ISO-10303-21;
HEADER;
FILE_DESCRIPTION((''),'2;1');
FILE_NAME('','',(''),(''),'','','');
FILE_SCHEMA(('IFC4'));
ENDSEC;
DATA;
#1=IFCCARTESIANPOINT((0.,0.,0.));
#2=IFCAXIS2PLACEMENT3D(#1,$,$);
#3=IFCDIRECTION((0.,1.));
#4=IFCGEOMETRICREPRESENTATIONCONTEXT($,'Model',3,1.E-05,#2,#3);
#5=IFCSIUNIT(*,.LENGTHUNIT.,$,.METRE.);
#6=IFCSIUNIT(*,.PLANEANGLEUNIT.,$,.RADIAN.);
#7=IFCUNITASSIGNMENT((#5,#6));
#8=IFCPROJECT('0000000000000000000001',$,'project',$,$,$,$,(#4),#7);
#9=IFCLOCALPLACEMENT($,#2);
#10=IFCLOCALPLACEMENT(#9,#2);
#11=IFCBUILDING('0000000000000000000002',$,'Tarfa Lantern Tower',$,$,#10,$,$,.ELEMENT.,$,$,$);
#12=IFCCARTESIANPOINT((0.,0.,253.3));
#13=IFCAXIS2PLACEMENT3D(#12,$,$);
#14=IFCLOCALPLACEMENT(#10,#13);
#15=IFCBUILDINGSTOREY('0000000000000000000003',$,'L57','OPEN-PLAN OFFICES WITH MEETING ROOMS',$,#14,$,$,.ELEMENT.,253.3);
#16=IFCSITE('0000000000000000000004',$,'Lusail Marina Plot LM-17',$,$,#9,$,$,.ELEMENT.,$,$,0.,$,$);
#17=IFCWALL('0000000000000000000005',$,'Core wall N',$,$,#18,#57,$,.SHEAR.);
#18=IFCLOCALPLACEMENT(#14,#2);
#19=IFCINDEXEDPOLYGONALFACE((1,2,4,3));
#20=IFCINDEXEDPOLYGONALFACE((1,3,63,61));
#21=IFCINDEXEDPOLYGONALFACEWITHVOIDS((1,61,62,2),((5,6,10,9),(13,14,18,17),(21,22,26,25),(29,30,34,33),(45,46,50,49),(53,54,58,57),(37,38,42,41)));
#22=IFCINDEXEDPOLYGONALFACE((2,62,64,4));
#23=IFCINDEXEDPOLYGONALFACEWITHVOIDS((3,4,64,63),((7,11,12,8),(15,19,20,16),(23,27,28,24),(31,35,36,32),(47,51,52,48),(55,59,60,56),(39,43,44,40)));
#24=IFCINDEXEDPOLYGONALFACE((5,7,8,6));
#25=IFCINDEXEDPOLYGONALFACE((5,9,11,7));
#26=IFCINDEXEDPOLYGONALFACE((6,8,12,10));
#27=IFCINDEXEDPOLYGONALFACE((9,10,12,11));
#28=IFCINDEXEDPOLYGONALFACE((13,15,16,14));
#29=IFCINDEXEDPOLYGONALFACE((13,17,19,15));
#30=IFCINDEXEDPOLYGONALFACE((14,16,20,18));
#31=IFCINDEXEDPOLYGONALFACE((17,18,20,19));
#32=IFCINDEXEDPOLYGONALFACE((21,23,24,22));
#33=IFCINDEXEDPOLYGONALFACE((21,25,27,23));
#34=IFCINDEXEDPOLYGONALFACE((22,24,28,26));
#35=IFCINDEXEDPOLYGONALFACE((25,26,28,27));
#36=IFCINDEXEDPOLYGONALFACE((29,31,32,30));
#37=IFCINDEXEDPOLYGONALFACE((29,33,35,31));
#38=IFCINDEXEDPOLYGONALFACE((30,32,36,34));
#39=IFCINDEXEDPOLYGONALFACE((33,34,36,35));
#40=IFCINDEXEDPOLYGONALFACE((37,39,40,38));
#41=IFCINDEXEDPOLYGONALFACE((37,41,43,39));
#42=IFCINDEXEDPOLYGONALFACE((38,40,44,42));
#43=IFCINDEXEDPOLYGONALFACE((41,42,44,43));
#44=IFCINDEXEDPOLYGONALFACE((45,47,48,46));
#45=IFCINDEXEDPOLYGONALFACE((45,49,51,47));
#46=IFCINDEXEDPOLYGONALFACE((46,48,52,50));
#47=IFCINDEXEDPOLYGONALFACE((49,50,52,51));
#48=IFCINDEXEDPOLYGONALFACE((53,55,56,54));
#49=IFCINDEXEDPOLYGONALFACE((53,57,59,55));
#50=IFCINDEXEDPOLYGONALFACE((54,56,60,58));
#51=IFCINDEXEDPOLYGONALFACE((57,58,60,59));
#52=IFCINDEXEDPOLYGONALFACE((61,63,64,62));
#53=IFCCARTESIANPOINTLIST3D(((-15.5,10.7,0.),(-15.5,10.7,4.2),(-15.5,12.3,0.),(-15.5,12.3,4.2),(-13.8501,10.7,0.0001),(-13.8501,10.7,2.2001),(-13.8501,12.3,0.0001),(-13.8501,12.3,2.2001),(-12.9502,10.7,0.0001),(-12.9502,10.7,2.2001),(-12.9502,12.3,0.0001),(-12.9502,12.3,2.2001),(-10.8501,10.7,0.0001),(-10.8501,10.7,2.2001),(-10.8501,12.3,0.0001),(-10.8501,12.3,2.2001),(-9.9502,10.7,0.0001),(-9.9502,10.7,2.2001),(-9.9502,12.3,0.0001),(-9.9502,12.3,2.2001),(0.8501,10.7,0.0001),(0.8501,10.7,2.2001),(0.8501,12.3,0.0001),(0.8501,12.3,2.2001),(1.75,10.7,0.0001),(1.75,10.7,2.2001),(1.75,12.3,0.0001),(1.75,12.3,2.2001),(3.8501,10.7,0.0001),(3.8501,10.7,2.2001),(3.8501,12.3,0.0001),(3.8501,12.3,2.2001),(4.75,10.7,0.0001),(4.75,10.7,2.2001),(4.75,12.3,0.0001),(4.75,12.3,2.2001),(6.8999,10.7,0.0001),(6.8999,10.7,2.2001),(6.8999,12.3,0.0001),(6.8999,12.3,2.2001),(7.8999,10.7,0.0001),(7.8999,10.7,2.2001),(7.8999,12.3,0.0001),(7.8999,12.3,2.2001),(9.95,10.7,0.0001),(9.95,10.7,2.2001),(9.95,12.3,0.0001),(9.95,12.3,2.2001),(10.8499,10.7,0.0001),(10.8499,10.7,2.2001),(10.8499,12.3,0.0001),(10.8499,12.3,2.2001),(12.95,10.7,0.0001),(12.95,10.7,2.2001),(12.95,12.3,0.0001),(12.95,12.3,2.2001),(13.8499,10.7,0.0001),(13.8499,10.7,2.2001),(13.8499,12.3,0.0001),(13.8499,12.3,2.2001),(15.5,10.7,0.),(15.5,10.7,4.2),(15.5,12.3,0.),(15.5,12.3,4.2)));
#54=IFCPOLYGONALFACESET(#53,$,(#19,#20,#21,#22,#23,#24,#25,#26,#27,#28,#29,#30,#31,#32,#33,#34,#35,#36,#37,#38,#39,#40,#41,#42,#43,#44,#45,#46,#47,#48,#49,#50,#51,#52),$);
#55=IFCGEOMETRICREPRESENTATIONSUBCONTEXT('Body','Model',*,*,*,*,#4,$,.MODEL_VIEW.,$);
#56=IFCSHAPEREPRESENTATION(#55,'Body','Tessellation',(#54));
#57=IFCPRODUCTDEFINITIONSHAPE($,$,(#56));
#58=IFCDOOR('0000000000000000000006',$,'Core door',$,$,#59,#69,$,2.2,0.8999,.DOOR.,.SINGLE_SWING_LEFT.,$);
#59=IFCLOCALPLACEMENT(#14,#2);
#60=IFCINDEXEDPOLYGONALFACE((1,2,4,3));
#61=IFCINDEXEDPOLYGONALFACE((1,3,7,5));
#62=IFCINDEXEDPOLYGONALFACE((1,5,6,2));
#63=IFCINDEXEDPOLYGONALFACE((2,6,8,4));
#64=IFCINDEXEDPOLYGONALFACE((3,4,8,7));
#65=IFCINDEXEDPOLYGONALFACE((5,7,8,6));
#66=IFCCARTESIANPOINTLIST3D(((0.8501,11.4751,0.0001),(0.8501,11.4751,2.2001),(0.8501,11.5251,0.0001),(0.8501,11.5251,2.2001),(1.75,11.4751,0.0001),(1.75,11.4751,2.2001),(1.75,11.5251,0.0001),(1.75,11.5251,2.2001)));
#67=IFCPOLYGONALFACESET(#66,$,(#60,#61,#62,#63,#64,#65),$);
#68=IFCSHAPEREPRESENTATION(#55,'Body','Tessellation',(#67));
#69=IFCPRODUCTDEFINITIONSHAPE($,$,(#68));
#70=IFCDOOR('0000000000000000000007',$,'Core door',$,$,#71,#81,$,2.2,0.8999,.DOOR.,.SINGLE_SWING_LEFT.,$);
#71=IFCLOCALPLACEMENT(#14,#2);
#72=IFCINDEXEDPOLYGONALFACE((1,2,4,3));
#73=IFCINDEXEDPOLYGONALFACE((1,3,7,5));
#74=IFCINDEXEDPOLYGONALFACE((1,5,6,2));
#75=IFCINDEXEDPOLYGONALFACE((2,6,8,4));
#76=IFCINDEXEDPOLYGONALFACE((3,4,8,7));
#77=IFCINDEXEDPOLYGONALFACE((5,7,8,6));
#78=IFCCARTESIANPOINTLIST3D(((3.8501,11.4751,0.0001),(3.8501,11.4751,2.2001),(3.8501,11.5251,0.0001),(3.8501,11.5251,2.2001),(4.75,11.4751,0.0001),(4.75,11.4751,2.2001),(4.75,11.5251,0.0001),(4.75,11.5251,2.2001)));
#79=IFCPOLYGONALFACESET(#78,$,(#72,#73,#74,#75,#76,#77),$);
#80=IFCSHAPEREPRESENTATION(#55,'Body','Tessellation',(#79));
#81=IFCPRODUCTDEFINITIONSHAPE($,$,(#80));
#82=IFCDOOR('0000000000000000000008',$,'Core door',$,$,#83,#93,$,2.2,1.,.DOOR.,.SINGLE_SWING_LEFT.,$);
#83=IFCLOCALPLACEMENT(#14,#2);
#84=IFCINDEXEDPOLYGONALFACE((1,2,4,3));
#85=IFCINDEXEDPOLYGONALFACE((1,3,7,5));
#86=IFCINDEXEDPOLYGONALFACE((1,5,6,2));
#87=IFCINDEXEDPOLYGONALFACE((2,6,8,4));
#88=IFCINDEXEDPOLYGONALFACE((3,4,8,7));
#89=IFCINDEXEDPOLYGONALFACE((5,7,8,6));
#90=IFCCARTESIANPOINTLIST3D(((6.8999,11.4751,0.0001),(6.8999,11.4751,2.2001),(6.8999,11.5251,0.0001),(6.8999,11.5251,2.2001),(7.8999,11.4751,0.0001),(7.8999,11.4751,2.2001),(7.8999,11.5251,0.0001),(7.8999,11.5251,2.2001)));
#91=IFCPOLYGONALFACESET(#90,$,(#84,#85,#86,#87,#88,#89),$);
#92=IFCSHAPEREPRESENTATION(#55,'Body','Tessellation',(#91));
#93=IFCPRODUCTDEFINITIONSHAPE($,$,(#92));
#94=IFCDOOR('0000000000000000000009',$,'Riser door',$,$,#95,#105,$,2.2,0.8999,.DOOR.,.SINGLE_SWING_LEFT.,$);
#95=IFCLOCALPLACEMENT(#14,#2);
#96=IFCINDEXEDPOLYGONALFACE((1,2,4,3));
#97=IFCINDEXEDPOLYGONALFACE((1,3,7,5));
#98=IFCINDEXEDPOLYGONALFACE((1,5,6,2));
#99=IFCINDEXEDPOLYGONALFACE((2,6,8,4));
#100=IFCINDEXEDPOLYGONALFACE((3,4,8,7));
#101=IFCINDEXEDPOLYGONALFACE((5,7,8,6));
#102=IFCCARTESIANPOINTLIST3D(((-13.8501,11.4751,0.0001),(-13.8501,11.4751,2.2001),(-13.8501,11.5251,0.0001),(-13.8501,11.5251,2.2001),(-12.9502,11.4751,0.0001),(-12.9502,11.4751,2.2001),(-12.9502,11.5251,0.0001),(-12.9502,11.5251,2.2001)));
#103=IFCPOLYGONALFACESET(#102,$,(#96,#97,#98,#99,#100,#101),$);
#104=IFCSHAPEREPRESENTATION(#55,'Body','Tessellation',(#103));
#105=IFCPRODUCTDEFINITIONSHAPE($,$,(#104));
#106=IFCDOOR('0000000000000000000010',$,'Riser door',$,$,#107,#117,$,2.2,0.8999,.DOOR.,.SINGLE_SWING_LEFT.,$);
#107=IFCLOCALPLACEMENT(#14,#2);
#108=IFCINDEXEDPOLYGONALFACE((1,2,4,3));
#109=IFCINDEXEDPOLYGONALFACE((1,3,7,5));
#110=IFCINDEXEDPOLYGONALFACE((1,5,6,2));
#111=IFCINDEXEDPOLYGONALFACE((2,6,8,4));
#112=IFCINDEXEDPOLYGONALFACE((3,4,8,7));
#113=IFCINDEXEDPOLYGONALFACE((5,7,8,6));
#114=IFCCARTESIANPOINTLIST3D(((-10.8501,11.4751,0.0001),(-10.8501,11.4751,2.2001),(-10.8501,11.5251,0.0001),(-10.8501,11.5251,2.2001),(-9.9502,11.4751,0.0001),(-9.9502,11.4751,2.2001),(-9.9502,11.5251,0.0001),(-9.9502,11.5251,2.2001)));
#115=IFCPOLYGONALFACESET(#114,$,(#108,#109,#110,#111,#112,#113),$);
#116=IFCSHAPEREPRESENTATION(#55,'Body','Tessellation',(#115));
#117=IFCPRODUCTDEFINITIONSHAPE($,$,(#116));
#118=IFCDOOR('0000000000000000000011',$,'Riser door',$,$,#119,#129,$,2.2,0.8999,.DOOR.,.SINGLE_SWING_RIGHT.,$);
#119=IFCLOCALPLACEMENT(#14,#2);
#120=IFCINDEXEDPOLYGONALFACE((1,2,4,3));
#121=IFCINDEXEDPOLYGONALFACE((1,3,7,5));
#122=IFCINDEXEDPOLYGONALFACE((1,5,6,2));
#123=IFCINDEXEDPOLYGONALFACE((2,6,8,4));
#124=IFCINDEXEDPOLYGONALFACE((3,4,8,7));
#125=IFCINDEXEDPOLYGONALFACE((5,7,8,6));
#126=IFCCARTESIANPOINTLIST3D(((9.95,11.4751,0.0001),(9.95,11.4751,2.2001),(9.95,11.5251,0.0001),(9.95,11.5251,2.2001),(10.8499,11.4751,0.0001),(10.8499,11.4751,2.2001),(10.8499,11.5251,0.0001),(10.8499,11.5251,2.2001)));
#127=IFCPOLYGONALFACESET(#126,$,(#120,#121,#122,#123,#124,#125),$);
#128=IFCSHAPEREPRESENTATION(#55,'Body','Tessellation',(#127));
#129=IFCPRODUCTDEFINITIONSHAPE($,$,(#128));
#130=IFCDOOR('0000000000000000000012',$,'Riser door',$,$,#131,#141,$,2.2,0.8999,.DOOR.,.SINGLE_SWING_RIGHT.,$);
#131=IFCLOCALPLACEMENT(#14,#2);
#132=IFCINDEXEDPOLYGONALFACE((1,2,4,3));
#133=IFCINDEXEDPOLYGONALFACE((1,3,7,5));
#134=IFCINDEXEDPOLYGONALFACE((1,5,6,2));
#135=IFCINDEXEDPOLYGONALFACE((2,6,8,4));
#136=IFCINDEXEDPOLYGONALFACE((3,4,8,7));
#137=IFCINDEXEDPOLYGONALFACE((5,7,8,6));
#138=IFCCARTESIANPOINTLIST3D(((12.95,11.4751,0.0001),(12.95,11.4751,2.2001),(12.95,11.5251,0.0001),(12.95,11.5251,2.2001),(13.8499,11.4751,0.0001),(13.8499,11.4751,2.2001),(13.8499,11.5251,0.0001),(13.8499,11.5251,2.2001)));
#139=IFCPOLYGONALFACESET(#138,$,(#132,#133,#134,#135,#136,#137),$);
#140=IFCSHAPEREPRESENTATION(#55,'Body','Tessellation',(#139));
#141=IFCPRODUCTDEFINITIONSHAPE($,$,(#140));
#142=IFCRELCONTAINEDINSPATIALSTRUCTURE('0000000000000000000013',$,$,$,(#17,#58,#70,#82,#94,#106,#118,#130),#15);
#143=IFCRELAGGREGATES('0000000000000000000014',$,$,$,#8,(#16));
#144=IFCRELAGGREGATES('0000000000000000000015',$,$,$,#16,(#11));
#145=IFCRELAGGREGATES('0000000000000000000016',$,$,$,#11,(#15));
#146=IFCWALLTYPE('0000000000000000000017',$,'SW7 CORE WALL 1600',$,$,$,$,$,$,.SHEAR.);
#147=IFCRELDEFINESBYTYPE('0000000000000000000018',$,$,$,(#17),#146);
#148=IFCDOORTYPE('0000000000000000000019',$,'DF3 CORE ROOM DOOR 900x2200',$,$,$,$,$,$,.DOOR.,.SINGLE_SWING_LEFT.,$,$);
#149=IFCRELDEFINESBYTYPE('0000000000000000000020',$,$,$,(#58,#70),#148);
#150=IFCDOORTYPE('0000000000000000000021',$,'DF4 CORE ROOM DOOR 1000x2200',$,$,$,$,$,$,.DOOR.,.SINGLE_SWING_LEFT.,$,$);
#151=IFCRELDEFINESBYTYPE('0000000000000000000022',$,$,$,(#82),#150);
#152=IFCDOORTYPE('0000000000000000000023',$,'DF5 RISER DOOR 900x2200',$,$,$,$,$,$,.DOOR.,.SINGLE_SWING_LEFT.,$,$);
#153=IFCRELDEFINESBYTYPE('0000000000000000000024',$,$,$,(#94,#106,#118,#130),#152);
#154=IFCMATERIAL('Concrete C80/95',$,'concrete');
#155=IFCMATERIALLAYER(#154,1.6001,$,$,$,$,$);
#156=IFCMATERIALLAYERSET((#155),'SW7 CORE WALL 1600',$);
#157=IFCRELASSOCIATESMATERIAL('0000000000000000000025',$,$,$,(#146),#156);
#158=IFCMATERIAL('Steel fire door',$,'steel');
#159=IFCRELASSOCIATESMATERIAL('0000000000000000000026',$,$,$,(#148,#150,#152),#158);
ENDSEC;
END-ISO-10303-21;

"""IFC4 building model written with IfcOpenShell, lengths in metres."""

from ifc_helpers import new_model, si_unit, direction, frame, frame_2d, origin, place, context, subcontext, project, spatial, rectangle, extrude, material, layer, layer_set, type_object, element, fill, save


model = new_model("IFC4")

# Units and contexts
model_context = context("Model", 3, precision=1e-05, world=origin(), true_north=direction((0.0, 1.0)))
body_context = subcontext(model_context, "Body", "Model", "MODEL_VIEW")
ifc_project = project(units=[si_unit("LENGTHUNIT", "METRE"), si_unit("PLANEANGLEUNIT", "RADIAN")], contexts=[model_context])

# Site, building, storey
site_placement = place(None, origin())
site = spatial("IfcSite", under=ifc_project, at=site_placement, Name="Lusail Marina Plot LM-17", CompositionType="ELEMENT", RefElevation=0.0)
building_placement = place(site_placement, origin())
building = spatial("IfcBuilding", under=site, at=building_placement, Name="Tarfa Lantern Tower", CompositionType="ELEMENT")
storey_placement = place(building_placement, frame((0.0, 0.0, 253.3)))
storey = spatial("IfcBuildingStorey", under=building, at=storey_placement, Name="L57", Description="OPEN-PLAN OFFICES WITH MEETING ROOMS", CompositionType="ELEMENT", Elevation=253.3)

# Shared definitions
ifc_material_1 = material(Name="Concrete C80/95", Category="concrete")
ifc_material_2 = material(Name="Steel fire door", Category="steel")

# Wall, openings, doors
ifc_layer_1 = layer(ifc_material_1, 1.6001)
ifc_layer_set_1 = layer_set([ifc_layer_1], Name="SW7 CORE WALL 1600")
wall_type_1 = type_object("IfcWallType", Name="SW7 CORE WALL 1600", PredefinedType="SHEAR", material=ifc_layer_set_1)
wall_1_placement = place(storey_placement, frame((-15.5, 11.5, 0.0), z_axis=(0.0, 0.0, 1.0), x_axis=(1.0, 0.0, 0.0)))
wall_1 = element("IfcWall", 1, at=wall_1_placement, inside=storey, type_object=wall_type_1, Name="Core wall N", PredefinedType="SHEAR", context=body_context, shape_type="SweptSolid", body=[
    extrude(rectangle(XDim=31.0, YDim=1.6001, at=frame_2d((15.5, 0.0))), origin(), (0.0, 0.0, 1.0), 4.2),
])
opening_1_placement = place(wall_1_placement, frame((16.3501, 0.0, 0.0)))
opening_1 = element("IfcOpeningElement", 2, at=opening_1_placement, cuts=wall_1, PredefinedType="OPENING", context=body_context, shape_type="SweptSolid", body=[
    extrude(rectangle(XDim=0.8999, YDim=2.2, at=frame_2d((0.45, 1.1001))), frame((0.0, 0.8101, 0.0), z_axis=(0.0, -1.0, 0.0), x_axis=(1.0, 0.0, 0.0)), (0.0, 0.0, 1.0), 1.6201),
])
opening_2_placement = place(wall_1_placement, frame((19.3501, 0.0, 0.0)))
opening_2 = element("IfcOpeningElement", 3, at=opening_2_placement, cuts=wall_1, PredefinedType="OPENING", context=body_context, shape_type="SweptSolid", body=[
    extrude(rectangle(XDim=0.8999, YDim=2.2, at=frame_2d((0.45, 1.1001))), frame((0.0, 0.8101, 0.0), z_axis=(0.0, -1.0, 0.0), x_axis=(1.0, 0.0, 0.0)), (0.0, 0.0, 1.0), 1.6201),
])
opening_3_placement = place(wall_1_placement, frame((22.3999, 0.0, 0.0)))
opening_3 = element("IfcOpeningElement", 4, at=opening_3_placement, cuts=wall_1, PredefinedType="OPENING", context=body_context, shape_type="SweptSolid", body=[
    extrude(rectangle(XDim=1.0, YDim=2.2, at=frame_2d((0.5, 1.1001))), frame((0.0, 0.8101, 0.0), z_axis=(0.0, -1.0, 0.0), x_axis=(1.0, 0.0, 0.0)), (0.0, 0.0, 1.0), 1.6201),
])
opening_4_placement = place(wall_1_placement, frame((1.6499, 0.0, 0.0)))
opening_4 = element("IfcOpeningElement", 5, at=opening_4_placement, cuts=wall_1, PredefinedType="OPENING", context=body_context, shape_type="SweptSolid", body=[
    extrude(rectangle(XDim=0.8999, YDim=2.2, at=frame_2d((0.45, 1.1001))), frame((0.0, 0.8101, 0.0), z_axis=(0.0, -1.0, 0.0), x_axis=(1.0, 0.0, 0.0)), (0.0, 0.0, 1.0), 1.6201),
])
opening_5_placement = place(wall_1_placement, frame((4.6499, 0.0, 0.0)))
opening_5 = element("IfcOpeningElement", 6, at=opening_5_placement, cuts=wall_1, PredefinedType="OPENING", context=body_context, shape_type="SweptSolid", body=[
    extrude(rectangle(XDim=0.8999, YDim=2.2, at=frame_2d((0.45, 1.1001))), frame((0.0, 0.8101, 0.0), z_axis=(0.0, -1.0, 0.0), x_axis=(1.0, 0.0, 0.0)), (0.0, 0.0, 1.0), 1.6201),
])
opening_6_placement = place(wall_1_placement, frame((25.45, 0.0, 0.0)))
opening_6 = element("IfcOpeningElement", 7, at=opening_6_placement, cuts=wall_1, PredefinedType="OPENING", context=body_context, shape_type="SweptSolid", body=[
    extrude(rectangle(XDim=0.8999, YDim=2.2, at=frame_2d((0.45, 1.1001))), frame((0.0, 0.8101, 0.0), z_axis=(0.0, -1.0, 0.0), x_axis=(1.0, 0.0, 0.0)), (0.0, 0.0, 1.0), 1.6201),
])
opening_7_placement = place(wall_1_placement, frame((28.45, 0.0, 0.0)))
opening_7 = element("IfcOpeningElement", 8, at=opening_7_placement, cuts=wall_1, PredefinedType="OPENING", context=body_context, shape_type="SweptSolid", body=[
    extrude(rectangle(XDim=0.8999, YDim=2.2, at=frame_2d((0.45, 1.1001))), frame((0.0, 0.8101, 0.0), z_axis=(0.0, -1.0, 0.0), x_axis=(1.0, 0.0, 0.0)), (0.0, 0.0, 1.0), 1.6201),
])
door_type_1 = type_object("IfcDoorType", Name="DF3 CORE ROOM DOOR 900x2200", OperationType="SINGLE_SWING_LEFT", PredefinedType="DOOR", material=ifc_material_2)
door_1_placement = place(opening_1_placement, frame((0.8999, 0.0, 0.0), z_axis=(0.0, 0.0, 1.0), x_axis=(-1.0, 0.0, 0.0)))
door_1 = element("IfcDoor", 9, at=door_1_placement, inside=storey, type_object=door_type_1, Name="Core door", OperationType="SINGLE_SWING_LEFT", OverallHeight=2.2, OverallWidth=0.8999, PredefinedType="DOOR", context=body_context, shape_type="SweptSolid", body=[
    extrude(rectangle(XDim=0.8999, YDim=2.2, at=frame_2d((0.45, 1.1001))), frame((0.0, 0.0249, 0.0), z_axis=(0.0, -1.0, 0.0), x_axis=(1.0, 0.0, 0.0)), (0.0, 0.0, 1.0), 0.05),
])
fill(opening_1, door_1)
door_2_placement = place(opening_2_placement, frame((0.8999, 0.0, 0.0), z_axis=(0.0, 0.0, 1.0), x_axis=(-1.0, 0.0, 0.0)))
door_2 = element("IfcDoor", 10, at=door_2_placement, inside=storey, type_object=door_type_1, Name="Core door", OperationType="SINGLE_SWING_LEFT", OverallHeight=2.2, OverallWidth=0.8999, PredefinedType="DOOR", context=body_context, shape_type="SweptSolid", body=[
    extrude(rectangle(XDim=0.8999, YDim=2.2, at=frame_2d((0.45, 1.1001))), frame((0.0, 0.0249, 0.0), z_axis=(0.0, -1.0, 0.0), x_axis=(1.0, 0.0, 0.0)), (0.0, 0.0, 1.0), 0.05),
])
fill(opening_2, door_2)
door_type_2 = type_object("IfcDoorType", Name="DF4 CORE ROOM DOOR 1000x2200", OperationType="SINGLE_SWING_LEFT", PredefinedType="DOOR", material=ifc_material_2)
door_3_placement = place(opening_3_placement, frame((1.0, 0.0, 0.0), z_axis=(0.0, 0.0, 1.0), x_axis=(-1.0, 0.0, 0.0)))
door_3 = element("IfcDoor", 11, at=door_3_placement, inside=storey, type_object=door_type_2, Name="Core door", OperationType="SINGLE_SWING_LEFT", OverallHeight=2.2, OverallWidth=1.0, PredefinedType="DOOR", context=body_context, shape_type="SweptSolid", body=[
    extrude(rectangle(XDim=1.0, YDim=2.2, at=frame_2d((0.5, 1.1001))), frame((0.0, 0.0249, 0.0), z_axis=(0.0, -1.0, 0.0), x_axis=(1.0, 0.0, 0.0)), (0.0, 0.0, 1.0), 0.05),
])
fill(opening_3, door_3)
door_type_3 = type_object("IfcDoorType", Name="DF5 RISER DOOR 900x2200", OperationType="SINGLE_SWING_LEFT", PredefinedType="DOOR", material=ifc_material_2)
door_4_placement = place(opening_4_placement, frame((0.8999, 0.0, 0.0), z_axis=(0.0, 0.0, 1.0), x_axis=(-1.0, 0.0, 0.0)))
door_4 = element("IfcDoor", 12, at=door_4_placement, inside=storey, type_object=door_type_3, Name="Riser door", OperationType="SINGLE_SWING_LEFT", OverallHeight=2.2, OverallWidth=0.8999, PredefinedType="DOOR", context=body_context, shape_type="SweptSolid", body=[
    extrude(rectangle(XDim=0.8999, YDim=2.2, at=frame_2d((0.45, 1.1001))), frame((0.0, 0.0249, 0.0), z_axis=(0.0, -1.0, 0.0), x_axis=(1.0, 0.0, 0.0)), (0.0, 0.0, 1.0), 0.05),
])
fill(opening_4, door_4)
door_5_placement = place(opening_5_placement, frame((0.8999, 0.0, 0.0), z_axis=(0.0, 0.0, 1.0), x_axis=(-1.0, 0.0, 0.0)))
door_5 = element("IfcDoor", 13, at=door_5_placement, inside=storey, type_object=door_type_3, Name="Riser door", OperationType="SINGLE_SWING_LEFT", OverallHeight=2.2, OverallWidth=0.8999, PredefinedType="DOOR", context=body_context, shape_type="SweptSolid", body=[
    extrude(rectangle(XDim=0.8999, YDim=2.2, at=frame_2d((0.45, 1.1001))), frame((0.0, 0.0249, 0.0), z_axis=(0.0, -1.0, 0.0), x_axis=(1.0, 0.0, 0.0)), (0.0, 0.0, 1.0), 0.05),
])
fill(opening_5, door_5)
door_6_placement = place(opening_6_placement, frame((0.8999, 0.0, 0.0), z_axis=(0.0, 0.0, 1.0), x_axis=(-1.0, 0.0, 0.0)))
door_6 = element("IfcDoor", 14, at=door_6_placement, inside=storey, type_object=door_type_3, Name="Riser door", OperationType="SINGLE_SWING_RIGHT", OverallHeight=2.2, OverallWidth=0.8999, PredefinedType="DOOR", context=body_context, shape_type="SweptSolid", body=[
    extrude(rectangle(XDim=0.8999, YDim=2.2, at=frame_2d((0.45, 1.1001))), frame((0.0, 0.0249, 0.0), z_axis=(0.0, -1.0, 0.0), x_axis=(1.0, 0.0, 0.0)), (0.0, 0.0, 1.0), 0.05),
])
fill(opening_6, door_6)
door_7_placement = place(opening_7_placement, frame((0.8999, 0.0, 0.0), z_axis=(0.0, 0.0, 1.0), x_axis=(-1.0, 0.0, 0.0)))
door_7 = element("IfcDoor", 15, at=door_7_placement, inside=storey, type_object=door_type_3, Name="Riser door", OperationType="SINGLE_SWING_RIGHT", OverallHeight=2.2, OverallWidth=0.8999, PredefinedType="DOOR", context=body_context, shape_type="SweptSolid", body=[
    extrude(rectangle(XDim=0.8999, YDim=2.2, at=frame_2d((0.45, 1.1001))), frame((0.0, 0.0249, 0.0), z_axis=(0.0, -1.0, 0.0), x_axis=(1.0, 0.0, 0.0)), (0.0, 0.0, 1.0), 0.05),
])
fill(opening_7, door_7)

save(model, "model.ifc")
